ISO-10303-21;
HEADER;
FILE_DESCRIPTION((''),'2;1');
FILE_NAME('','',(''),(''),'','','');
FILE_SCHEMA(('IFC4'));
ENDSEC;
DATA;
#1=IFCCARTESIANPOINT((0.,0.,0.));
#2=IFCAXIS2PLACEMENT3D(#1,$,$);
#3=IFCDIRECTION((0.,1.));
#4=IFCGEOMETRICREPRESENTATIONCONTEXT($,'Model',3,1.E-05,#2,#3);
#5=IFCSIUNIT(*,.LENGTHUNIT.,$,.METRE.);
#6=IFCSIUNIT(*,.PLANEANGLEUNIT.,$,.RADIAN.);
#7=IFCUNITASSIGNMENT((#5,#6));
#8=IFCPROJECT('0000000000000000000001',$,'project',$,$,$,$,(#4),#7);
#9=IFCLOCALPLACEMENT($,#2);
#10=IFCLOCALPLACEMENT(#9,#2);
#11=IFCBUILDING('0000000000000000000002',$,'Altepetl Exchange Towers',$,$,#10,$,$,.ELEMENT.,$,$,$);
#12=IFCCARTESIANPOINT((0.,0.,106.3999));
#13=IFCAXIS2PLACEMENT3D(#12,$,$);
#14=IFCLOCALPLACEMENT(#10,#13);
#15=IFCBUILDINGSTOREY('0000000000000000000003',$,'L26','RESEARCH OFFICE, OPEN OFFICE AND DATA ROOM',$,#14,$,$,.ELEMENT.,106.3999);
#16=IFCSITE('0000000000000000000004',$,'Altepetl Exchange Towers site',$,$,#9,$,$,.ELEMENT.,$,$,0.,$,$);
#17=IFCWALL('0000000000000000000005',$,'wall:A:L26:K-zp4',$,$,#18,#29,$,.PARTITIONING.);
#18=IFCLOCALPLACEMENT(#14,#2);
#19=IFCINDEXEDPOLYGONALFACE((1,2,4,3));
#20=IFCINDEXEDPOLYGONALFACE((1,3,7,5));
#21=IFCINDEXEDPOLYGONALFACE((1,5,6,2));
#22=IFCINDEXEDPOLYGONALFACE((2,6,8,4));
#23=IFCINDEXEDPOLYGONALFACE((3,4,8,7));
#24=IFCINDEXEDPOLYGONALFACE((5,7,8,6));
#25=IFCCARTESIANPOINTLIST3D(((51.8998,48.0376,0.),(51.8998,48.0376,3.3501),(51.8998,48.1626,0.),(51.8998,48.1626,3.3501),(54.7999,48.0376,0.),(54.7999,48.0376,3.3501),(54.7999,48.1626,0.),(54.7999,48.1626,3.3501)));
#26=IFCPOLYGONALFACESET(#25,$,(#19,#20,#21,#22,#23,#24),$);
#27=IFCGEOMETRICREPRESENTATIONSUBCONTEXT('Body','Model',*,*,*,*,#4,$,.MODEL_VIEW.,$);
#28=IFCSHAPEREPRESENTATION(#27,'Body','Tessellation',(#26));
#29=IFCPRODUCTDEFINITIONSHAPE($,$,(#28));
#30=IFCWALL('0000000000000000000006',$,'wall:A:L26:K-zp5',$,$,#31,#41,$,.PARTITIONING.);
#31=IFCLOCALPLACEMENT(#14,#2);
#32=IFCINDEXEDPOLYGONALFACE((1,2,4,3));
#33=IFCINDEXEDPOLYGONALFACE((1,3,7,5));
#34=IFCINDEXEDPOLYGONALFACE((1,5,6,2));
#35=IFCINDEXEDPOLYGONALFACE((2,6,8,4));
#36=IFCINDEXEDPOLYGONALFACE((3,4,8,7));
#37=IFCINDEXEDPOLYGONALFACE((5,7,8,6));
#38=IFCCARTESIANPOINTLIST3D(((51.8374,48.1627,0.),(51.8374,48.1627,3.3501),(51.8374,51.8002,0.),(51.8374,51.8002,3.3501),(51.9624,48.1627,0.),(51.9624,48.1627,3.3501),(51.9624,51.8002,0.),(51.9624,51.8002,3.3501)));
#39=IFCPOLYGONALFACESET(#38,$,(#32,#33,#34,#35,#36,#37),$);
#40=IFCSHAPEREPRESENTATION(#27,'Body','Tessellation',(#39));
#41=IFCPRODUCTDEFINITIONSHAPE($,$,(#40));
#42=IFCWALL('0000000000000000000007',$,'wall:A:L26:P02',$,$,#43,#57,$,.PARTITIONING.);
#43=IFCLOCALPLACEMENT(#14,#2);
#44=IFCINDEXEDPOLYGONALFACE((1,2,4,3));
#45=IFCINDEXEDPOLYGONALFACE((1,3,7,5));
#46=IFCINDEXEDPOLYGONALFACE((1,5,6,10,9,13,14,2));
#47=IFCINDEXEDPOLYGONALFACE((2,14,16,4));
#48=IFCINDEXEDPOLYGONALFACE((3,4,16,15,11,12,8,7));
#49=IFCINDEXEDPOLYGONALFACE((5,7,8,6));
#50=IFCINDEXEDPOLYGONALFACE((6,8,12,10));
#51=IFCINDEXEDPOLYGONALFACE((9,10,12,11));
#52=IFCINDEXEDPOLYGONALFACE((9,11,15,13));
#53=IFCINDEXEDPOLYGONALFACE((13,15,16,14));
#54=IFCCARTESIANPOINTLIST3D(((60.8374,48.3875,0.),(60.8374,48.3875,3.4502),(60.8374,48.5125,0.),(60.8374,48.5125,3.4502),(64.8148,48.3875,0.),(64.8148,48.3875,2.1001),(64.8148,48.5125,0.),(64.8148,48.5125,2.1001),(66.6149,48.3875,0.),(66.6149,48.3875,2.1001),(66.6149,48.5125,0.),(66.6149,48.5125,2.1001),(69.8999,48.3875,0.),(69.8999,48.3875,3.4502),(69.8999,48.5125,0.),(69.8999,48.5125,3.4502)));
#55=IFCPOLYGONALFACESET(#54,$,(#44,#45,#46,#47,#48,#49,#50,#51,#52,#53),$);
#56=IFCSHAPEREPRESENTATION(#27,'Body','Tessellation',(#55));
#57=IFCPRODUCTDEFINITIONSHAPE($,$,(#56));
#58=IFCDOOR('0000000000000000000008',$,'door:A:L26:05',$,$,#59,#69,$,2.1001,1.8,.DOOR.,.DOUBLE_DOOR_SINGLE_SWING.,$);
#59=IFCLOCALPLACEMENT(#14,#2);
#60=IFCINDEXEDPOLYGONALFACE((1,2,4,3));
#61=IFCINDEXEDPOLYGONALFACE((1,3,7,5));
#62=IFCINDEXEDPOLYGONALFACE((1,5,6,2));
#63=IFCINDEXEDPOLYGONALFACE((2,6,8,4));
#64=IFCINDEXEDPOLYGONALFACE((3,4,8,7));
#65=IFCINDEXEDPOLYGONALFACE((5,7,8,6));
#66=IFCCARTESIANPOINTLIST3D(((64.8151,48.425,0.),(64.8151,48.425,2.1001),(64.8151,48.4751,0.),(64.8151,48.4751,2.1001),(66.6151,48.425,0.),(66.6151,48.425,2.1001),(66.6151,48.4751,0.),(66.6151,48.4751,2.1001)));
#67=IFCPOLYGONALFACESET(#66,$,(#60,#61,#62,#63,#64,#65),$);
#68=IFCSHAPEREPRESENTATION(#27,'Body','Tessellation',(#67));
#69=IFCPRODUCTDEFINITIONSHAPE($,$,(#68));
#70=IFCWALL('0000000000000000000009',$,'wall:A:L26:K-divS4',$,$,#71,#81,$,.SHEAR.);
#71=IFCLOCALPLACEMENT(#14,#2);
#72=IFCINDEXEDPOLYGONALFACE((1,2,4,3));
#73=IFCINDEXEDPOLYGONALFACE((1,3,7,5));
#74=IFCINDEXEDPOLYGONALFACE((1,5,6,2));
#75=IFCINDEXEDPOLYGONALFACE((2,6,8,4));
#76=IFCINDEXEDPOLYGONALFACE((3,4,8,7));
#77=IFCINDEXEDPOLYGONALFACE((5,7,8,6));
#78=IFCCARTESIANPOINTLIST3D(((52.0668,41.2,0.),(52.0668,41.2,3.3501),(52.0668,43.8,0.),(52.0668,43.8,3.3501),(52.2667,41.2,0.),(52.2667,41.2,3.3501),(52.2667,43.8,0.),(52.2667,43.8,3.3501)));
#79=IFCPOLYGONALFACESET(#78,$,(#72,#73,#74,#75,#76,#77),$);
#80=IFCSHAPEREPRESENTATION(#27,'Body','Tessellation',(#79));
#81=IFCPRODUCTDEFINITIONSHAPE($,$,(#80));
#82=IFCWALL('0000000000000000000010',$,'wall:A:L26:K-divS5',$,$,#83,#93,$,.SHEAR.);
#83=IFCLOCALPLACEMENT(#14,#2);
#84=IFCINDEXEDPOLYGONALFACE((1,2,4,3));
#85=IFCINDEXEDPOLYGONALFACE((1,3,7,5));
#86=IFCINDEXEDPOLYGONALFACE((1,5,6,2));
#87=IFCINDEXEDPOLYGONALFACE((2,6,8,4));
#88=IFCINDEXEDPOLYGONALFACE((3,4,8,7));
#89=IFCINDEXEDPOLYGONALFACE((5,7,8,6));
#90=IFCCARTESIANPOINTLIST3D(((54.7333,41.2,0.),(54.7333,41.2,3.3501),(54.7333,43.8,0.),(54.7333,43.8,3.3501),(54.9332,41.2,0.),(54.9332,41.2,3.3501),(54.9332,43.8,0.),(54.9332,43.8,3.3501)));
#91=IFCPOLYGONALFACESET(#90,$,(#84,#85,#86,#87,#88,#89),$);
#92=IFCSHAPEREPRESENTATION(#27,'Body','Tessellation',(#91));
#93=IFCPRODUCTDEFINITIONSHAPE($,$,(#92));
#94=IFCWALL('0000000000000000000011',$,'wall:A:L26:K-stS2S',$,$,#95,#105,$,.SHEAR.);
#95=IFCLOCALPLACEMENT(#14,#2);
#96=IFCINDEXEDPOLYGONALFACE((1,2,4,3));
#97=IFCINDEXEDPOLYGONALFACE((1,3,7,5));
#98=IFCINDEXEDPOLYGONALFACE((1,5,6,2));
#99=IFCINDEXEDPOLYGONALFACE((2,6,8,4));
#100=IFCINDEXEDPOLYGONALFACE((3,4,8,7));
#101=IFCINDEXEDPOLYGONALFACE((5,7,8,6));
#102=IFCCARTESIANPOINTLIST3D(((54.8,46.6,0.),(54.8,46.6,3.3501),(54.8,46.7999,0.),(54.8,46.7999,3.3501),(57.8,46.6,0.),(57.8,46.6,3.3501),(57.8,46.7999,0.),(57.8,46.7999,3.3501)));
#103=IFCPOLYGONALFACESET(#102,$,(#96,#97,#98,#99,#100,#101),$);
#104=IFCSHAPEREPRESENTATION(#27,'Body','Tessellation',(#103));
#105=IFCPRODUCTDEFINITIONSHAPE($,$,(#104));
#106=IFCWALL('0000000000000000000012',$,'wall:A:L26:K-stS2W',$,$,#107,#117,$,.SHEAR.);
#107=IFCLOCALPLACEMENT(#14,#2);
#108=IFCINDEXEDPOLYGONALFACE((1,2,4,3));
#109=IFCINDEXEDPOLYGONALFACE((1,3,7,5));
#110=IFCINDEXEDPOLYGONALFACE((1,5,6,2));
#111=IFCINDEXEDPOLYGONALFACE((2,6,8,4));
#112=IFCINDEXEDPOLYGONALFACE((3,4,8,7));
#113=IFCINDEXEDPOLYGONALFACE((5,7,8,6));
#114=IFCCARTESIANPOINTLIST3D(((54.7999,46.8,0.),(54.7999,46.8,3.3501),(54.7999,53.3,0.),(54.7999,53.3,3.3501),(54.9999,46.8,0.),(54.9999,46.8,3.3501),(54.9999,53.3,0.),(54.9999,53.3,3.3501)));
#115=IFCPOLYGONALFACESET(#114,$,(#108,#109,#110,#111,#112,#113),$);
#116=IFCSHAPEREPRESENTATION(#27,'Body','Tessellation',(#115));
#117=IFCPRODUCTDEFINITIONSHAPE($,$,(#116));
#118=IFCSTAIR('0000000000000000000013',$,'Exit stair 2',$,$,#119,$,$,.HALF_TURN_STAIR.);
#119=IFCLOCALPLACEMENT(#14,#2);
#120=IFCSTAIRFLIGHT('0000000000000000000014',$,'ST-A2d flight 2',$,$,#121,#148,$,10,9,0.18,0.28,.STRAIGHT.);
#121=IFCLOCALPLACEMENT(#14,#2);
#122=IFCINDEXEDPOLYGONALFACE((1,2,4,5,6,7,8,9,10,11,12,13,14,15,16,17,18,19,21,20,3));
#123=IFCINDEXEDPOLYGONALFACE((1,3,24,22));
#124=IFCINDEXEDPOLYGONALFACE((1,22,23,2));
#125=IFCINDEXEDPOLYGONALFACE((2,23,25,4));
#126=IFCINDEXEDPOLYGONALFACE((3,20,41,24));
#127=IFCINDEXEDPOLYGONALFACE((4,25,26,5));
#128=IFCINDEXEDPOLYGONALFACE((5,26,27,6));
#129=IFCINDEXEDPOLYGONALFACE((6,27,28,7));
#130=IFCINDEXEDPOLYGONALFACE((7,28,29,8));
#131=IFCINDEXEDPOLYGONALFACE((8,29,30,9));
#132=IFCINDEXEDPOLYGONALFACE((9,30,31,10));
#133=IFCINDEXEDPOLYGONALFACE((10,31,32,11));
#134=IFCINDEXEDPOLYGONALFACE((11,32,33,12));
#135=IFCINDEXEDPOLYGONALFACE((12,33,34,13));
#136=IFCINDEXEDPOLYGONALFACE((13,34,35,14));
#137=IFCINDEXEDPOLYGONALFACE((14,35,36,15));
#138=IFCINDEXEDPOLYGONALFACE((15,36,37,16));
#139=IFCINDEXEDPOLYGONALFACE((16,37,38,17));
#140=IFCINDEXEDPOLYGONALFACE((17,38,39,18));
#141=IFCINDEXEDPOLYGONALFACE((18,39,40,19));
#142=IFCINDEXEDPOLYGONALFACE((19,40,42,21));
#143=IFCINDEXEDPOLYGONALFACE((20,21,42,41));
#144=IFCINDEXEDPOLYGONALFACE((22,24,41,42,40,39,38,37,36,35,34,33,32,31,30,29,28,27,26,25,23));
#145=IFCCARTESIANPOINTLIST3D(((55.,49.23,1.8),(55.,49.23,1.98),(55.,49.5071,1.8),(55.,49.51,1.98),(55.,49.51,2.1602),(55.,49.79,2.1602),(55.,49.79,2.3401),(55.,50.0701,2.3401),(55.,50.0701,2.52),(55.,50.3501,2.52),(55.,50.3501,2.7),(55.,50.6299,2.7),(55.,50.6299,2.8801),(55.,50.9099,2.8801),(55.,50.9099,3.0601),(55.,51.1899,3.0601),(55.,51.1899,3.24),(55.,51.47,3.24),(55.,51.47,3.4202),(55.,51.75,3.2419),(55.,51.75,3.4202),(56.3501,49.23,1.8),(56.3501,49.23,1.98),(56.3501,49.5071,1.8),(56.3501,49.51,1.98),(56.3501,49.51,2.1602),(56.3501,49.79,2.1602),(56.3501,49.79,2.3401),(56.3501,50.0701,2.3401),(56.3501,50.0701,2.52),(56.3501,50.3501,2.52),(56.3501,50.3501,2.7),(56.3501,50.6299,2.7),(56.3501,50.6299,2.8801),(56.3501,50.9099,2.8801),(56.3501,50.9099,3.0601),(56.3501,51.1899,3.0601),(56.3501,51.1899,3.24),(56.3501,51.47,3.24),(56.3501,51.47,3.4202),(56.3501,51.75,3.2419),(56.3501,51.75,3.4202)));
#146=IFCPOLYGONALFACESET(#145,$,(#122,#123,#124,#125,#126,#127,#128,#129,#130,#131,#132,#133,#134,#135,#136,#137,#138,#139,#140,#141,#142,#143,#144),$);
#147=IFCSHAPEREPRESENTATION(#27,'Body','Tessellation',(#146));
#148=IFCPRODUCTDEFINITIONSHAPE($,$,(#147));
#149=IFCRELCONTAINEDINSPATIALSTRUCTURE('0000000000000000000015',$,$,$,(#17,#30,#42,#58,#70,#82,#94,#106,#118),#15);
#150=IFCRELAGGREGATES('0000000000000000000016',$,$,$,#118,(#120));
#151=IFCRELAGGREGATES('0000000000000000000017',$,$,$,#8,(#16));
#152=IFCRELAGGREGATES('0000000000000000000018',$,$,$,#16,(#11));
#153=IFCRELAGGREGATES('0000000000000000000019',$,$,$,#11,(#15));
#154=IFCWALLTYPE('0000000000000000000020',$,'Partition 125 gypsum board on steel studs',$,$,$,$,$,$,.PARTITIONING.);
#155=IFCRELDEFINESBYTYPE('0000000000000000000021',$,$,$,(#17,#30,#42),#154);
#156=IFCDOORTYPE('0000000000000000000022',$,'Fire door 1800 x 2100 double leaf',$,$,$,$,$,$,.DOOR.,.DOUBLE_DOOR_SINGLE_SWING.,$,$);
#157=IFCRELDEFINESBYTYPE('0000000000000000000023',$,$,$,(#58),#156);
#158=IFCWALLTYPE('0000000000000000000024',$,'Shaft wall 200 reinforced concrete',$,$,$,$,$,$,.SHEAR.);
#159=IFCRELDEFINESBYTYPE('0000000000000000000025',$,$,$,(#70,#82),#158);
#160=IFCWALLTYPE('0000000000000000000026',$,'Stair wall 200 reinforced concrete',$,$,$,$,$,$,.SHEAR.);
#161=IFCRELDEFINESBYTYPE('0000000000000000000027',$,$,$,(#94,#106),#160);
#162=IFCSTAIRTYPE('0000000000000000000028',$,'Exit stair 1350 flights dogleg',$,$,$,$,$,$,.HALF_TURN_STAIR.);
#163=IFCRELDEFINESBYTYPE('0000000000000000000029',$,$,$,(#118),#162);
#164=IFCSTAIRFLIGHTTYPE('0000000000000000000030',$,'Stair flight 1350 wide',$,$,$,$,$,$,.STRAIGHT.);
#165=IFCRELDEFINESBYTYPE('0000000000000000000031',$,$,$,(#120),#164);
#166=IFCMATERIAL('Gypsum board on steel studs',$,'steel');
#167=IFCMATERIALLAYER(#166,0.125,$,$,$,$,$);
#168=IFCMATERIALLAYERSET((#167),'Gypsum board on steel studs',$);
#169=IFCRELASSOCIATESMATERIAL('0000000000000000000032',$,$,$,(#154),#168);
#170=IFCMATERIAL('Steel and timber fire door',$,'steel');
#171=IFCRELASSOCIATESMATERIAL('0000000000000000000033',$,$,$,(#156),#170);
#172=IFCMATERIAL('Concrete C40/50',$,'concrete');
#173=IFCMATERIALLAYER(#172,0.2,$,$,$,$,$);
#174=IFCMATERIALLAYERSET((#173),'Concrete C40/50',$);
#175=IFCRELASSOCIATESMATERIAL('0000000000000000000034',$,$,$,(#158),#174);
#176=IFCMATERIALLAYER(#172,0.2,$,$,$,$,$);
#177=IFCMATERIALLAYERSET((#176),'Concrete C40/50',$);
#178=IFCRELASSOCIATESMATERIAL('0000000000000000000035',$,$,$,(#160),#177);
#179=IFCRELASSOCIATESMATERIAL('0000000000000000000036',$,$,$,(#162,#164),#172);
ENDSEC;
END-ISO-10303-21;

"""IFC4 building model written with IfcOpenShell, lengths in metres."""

from ifc_helpers import new_model, si_unit, direction, frame, frame_2d, origin, place, context, subcontext, project, spatial, polyline, rectangle, outline, extrude, material, layer, layer_set, type_object, element, fill, aggregate, save


model = new_model("IFC4")

# Units and contexts
model_context = context("Model", 3, precision=1e-05, world=origin(), true_north=direction((0.0, 1.0)))
body_context = subcontext(model_context, "Body", "Model", "MODEL_VIEW")
ifc_project = project(units=[si_unit("LENGTHUNIT", "METRE"), si_unit("PLANEANGLEUNIT", "RADIAN")], contexts=[model_context])

# Site, building, storey
site_placement = place(None, origin())
site = spatial("IfcSite", under=ifc_project, at=site_placement, Name="Altepetl Exchange Towers site", CompositionType="ELEMENT", RefElevation=0.0)
building_placement = place(site_placement, origin())
building = spatial("IfcBuilding", under=site, at=building_placement, Name="Altepetl Exchange Towers", CompositionType="ELEMENT")
storey_placement = place(building_placement, frame((0.0, 0.0, 106.3999)))
storey = spatial("IfcBuildingStorey", under=building, at=storey_placement, Name="L26", Description="RESEARCH OFFICE, OPEN OFFICE AND DATA ROOM", CompositionType="ELEMENT", Elevation=106.3999)

# Shared definitions
ifc_material_1 = material(Name="Steel and timber fire door", Category="steel")

# Walls
ifc_material_2 = material(Name="Gypsum board on steel studs", Category="steel")
ifc_layer_1 = layer(ifc_material_2, 0.125)
ifc_layer_set_1 = layer_set([ifc_layer_1], Name="Gypsum board on steel studs")
wall_type_1 = type_object("IfcWallType", Name="Partition 125 gypsum board on steel studs", PredefinedType="PARTITIONING", material=ifc_layer_set_1)
wall_1_placement = place(storey_placement, frame((54.8, 48.1001, 0.0), z_axis=(0.0, 0.0, 1.0), x_axis=(-1.0, 0.0, 0.0)))
element("IfcWall", 1, at=wall_1_placement, inside=storey, type_object=wall_type_1, Name="wall:A:L26:K-zp4", PredefinedType="PARTITIONING", context=body_context, shape_type="SweptSolid", body=[
    extrude(rectangle(XDim=2.9001, YDim=0.125, at=frame_2d((1.4502, 0.0))), origin(), (0.0, 0.0, 1.0), 3.3501),
])
wall_2_placement = place(storey_placement, frame((51.8999, 48.1626, 0.0), z_axis=(0.0, 0.0, 1.0), x_axis=(0.0, 1.0, 0.0)))
element("IfcWall", 2, at=wall_2_placement, inside=storey, type_object=wall_type_1, Name="wall:A:L26:K-zp5", PredefinedType="PARTITIONING", context=body_context, shape_type="SweptSolid", body=[
    extrude(rectangle(XDim=3.6375, YDim=0.125, at=frame_2d((1.8188, 0.0))), origin(), (0.0, 0.0, 1.0), 3.3501),
])

# Wall, opening, door
wall_3_placement = place(storey_placement, frame((60.8374, 48.45, 0.0)))
wall_3 = element("IfcWall", 3, at=wall_3_placement, inside=storey, type_object=wall_type_1, Name="wall:A:L26:P02", PredefinedType="PARTITIONING", context=body_context, shape_type="SweptSolid", body=[
    extrude(rectangle(XDim=9.0625, YDim=0.125, at=frame_2d((4.5312, 0.0))), origin(), (0.0, 0.0, 1.0), 3.4502),
])
opening_1_placement = place(wall_3_placement, frame((3.9775, 0.0, 0.0)))
opening_1 = element("IfcOpeningElement", 4, at=opening_1_placement, cuts=wall_3, PredefinedType="OPENING", context=body_context, shape_type="SweptSolid", body=[
    extrude(rectangle(XDim=1.8, YDim=2.1001, at=frame_2d((0.8999, 1.05))), frame((0.0, 0.0725, 0.0), z_axis=(0.0, -1.0, 0.0), x_axis=(1.0, 0.0, 0.0)), (0.0, 0.0, 1.0), 0.145),
])
door_type_1 = type_object("IfcDoorType", Name="Fire door 1800 x 2100 double leaf", OperationType="DOUBLE_DOOR_SINGLE_SWING", PredefinedType="DOOR", material=ifc_material_1)
door_1_placement = place(opening_1_placement, frame((1.8, 0.0, 0.0), x_axis=(-1.0, 0.0, 0.0)))
door_1 = element("IfcDoor", 5, at=door_1_placement, inside=storey, type_object=door_type_1, Name="door:A:L26:05", OperationType="DOUBLE_DOOR_SINGLE_SWING", OverallHeight=2.1001, OverallWidth=1.8, PredefinedType="DOOR", context=body_context, shape_type="SweptSolid", body=[
    extrude(rectangle(XDim=1.8, YDim=2.1001, at=frame_2d((0.8999, 1.05))), frame((0.0, 0.0249, 0.0), z_axis=(0.0, -1.0, 0.0), x_axis=(1.0, 0.0, 0.0)), (0.0, 0.0, 1.0), 0.05),
])
fill(opening_1, door_1)

# Walls
ifc_material_3 = material(Name="Concrete C40/50", Category="concrete")
ifc_layer_2 = layer(ifc_material_3, 0.2)
ifc_layer_set_2 = layer_set([ifc_layer_2], Name="Concrete C40/50")
wall_type_2 = type_object("IfcWallType", Name="Shaft wall 200 reinforced concrete", PredefinedType="SHEAR", material=ifc_layer_set_2)
for number, where, z_axis, x_axis, name in (
    (6, (52.1667, 41.2, 0.0), (0.0, 0.0, 1.0), (0.0, 1.0, 0.0), "wall:A:L26:K-divS4"),
    (7, (54.8333, 41.2, 0.0), (0.0, 0.0, 1.0), (0.0, 1.0, 0.0), "wall:A:L26:K-divS5"),
):
    element("IfcWall", number, at=place(storey_placement, frame(where, z_axis=z_axis, x_axis=x_axis)), inside=storey, type_object=wall_type_2, Name=name, PredefinedType="SHEAR", context=body_context, shape_type="SweptSolid", body=[
        extrude(rectangle(XDim=2.6001, YDim=0.2, at=frame_2d((1.3, 0.0))), origin(), (0.0, 0.0, 1.0), 3.3501),
    ])
ifc_layer_3 = layer(ifc_material_3, 0.2)
ifc_layer_set_3 = layer_set([ifc_layer_3], Name="Concrete C40/50")
wall_type_3 = type_object("IfcWallType", Name="Stair wall 200 reinforced concrete", PredefinedType="SHEAR", material=ifc_layer_set_3)
wall_4_placement = place(storey_placement, frame((54.8, 46.7, 0.0)))
element("IfcWall", 8, at=wall_4_placement, inside=storey, type_object=wall_type_3, Name="wall:A:L26:K-stS2S", PredefinedType="SHEAR", context=body_context, shape_type="SweptSolid", body=[
    extrude(rectangle(XDim=3.0, YDim=0.2, at=frame_2d((1.5, 0.0))), origin(), (0.0, 0.0, 1.0), 3.3501),
])
wall_5_placement = place(storey_placement, frame((54.8999, 46.8, 0.0), z_axis=(0.0, 0.0, 1.0), x_axis=(0.0, 1.0, 0.0)))
element("IfcWall", 9, at=wall_5_placement, inside=storey, type_object=wall_type_3, Name="wall:A:L26:K-stS2W", PredefinedType="SHEAR", context=body_context, shape_type="SweptSolid", body=[
    extrude(rectangle(XDim=6.5, YDim=0.2, at=frame_2d((3.25, 0.0))), origin(), (0.0, 0.0, 1.0), 3.3501),
])

# Stair, stair flight
stair_type = type_object("IfcStairType", Name="Exit stair 1350 flights dogleg", PredefinedType="HALF_TURN_STAIR", material=ifc_material_3)
stair_placement = place(storey_placement, origin())
stair = element("IfcStair", 10, at=stair_placement, inside=storey, type_object=stair_type, Name="Exit stair 2", PredefinedType="HALF_TURN_STAIR")
stair_flight_type = type_object("IfcStairFlightType", Name="Stair flight 1350 wide", PredefinedType="STRAIGHT", material=ifc_material_3)
stair_flight_placement = place(storey_placement, frame((55.675, 49.23, 1.8), z_axis=(0.0, 0.0, 1.0), x_axis=(0.0, 1.0, 0.0)))
stair_flight = element("IfcStairFlight", 11, at=stair_flight_placement, type_object=stair_flight_type, Name="ST-A2d flight 2", NumberOfRisers=10, NumberOfTreads=9, PredefinedType="STRAIGHT", RiserHeight=0.18, TreadLength=0.28, context=body_context, shape_type="SweptSolid", body=[
    extrude(outline(polyline([(0.0, 0.0), (0.0, 0.1799), (0.28, 0.1799), (0.28, 0.3601), (0.5601, 0.3601), (0.5601, 0.54), (0.8401, 0.54), (0.8401, 0.72), (1.1201, 0.72), (1.1201, 0.8999), (1.3999, 0.8999), (1.3999, 1.0801), (1.6799, 1.0801), (1.6799, 1.26), (1.96, 1.26), (1.96, 1.4399), (2.24, 1.4399), (2.24, 1.6201), (2.52, 1.6201), (2.52, 1.8), (2.52, 1.4419), (0.2771, 0.0), (0.0, 0.0)])), frame((0.0, 0.675, 0.0), z_axis=(0.0, -1.0, 0.0), x_axis=(1.0, 0.0, 0.0)), (0.0, 0.0, 1.0), 1.3501),
])
aggregate(stair, [stair_flight])

save(model, "model.ifc")
